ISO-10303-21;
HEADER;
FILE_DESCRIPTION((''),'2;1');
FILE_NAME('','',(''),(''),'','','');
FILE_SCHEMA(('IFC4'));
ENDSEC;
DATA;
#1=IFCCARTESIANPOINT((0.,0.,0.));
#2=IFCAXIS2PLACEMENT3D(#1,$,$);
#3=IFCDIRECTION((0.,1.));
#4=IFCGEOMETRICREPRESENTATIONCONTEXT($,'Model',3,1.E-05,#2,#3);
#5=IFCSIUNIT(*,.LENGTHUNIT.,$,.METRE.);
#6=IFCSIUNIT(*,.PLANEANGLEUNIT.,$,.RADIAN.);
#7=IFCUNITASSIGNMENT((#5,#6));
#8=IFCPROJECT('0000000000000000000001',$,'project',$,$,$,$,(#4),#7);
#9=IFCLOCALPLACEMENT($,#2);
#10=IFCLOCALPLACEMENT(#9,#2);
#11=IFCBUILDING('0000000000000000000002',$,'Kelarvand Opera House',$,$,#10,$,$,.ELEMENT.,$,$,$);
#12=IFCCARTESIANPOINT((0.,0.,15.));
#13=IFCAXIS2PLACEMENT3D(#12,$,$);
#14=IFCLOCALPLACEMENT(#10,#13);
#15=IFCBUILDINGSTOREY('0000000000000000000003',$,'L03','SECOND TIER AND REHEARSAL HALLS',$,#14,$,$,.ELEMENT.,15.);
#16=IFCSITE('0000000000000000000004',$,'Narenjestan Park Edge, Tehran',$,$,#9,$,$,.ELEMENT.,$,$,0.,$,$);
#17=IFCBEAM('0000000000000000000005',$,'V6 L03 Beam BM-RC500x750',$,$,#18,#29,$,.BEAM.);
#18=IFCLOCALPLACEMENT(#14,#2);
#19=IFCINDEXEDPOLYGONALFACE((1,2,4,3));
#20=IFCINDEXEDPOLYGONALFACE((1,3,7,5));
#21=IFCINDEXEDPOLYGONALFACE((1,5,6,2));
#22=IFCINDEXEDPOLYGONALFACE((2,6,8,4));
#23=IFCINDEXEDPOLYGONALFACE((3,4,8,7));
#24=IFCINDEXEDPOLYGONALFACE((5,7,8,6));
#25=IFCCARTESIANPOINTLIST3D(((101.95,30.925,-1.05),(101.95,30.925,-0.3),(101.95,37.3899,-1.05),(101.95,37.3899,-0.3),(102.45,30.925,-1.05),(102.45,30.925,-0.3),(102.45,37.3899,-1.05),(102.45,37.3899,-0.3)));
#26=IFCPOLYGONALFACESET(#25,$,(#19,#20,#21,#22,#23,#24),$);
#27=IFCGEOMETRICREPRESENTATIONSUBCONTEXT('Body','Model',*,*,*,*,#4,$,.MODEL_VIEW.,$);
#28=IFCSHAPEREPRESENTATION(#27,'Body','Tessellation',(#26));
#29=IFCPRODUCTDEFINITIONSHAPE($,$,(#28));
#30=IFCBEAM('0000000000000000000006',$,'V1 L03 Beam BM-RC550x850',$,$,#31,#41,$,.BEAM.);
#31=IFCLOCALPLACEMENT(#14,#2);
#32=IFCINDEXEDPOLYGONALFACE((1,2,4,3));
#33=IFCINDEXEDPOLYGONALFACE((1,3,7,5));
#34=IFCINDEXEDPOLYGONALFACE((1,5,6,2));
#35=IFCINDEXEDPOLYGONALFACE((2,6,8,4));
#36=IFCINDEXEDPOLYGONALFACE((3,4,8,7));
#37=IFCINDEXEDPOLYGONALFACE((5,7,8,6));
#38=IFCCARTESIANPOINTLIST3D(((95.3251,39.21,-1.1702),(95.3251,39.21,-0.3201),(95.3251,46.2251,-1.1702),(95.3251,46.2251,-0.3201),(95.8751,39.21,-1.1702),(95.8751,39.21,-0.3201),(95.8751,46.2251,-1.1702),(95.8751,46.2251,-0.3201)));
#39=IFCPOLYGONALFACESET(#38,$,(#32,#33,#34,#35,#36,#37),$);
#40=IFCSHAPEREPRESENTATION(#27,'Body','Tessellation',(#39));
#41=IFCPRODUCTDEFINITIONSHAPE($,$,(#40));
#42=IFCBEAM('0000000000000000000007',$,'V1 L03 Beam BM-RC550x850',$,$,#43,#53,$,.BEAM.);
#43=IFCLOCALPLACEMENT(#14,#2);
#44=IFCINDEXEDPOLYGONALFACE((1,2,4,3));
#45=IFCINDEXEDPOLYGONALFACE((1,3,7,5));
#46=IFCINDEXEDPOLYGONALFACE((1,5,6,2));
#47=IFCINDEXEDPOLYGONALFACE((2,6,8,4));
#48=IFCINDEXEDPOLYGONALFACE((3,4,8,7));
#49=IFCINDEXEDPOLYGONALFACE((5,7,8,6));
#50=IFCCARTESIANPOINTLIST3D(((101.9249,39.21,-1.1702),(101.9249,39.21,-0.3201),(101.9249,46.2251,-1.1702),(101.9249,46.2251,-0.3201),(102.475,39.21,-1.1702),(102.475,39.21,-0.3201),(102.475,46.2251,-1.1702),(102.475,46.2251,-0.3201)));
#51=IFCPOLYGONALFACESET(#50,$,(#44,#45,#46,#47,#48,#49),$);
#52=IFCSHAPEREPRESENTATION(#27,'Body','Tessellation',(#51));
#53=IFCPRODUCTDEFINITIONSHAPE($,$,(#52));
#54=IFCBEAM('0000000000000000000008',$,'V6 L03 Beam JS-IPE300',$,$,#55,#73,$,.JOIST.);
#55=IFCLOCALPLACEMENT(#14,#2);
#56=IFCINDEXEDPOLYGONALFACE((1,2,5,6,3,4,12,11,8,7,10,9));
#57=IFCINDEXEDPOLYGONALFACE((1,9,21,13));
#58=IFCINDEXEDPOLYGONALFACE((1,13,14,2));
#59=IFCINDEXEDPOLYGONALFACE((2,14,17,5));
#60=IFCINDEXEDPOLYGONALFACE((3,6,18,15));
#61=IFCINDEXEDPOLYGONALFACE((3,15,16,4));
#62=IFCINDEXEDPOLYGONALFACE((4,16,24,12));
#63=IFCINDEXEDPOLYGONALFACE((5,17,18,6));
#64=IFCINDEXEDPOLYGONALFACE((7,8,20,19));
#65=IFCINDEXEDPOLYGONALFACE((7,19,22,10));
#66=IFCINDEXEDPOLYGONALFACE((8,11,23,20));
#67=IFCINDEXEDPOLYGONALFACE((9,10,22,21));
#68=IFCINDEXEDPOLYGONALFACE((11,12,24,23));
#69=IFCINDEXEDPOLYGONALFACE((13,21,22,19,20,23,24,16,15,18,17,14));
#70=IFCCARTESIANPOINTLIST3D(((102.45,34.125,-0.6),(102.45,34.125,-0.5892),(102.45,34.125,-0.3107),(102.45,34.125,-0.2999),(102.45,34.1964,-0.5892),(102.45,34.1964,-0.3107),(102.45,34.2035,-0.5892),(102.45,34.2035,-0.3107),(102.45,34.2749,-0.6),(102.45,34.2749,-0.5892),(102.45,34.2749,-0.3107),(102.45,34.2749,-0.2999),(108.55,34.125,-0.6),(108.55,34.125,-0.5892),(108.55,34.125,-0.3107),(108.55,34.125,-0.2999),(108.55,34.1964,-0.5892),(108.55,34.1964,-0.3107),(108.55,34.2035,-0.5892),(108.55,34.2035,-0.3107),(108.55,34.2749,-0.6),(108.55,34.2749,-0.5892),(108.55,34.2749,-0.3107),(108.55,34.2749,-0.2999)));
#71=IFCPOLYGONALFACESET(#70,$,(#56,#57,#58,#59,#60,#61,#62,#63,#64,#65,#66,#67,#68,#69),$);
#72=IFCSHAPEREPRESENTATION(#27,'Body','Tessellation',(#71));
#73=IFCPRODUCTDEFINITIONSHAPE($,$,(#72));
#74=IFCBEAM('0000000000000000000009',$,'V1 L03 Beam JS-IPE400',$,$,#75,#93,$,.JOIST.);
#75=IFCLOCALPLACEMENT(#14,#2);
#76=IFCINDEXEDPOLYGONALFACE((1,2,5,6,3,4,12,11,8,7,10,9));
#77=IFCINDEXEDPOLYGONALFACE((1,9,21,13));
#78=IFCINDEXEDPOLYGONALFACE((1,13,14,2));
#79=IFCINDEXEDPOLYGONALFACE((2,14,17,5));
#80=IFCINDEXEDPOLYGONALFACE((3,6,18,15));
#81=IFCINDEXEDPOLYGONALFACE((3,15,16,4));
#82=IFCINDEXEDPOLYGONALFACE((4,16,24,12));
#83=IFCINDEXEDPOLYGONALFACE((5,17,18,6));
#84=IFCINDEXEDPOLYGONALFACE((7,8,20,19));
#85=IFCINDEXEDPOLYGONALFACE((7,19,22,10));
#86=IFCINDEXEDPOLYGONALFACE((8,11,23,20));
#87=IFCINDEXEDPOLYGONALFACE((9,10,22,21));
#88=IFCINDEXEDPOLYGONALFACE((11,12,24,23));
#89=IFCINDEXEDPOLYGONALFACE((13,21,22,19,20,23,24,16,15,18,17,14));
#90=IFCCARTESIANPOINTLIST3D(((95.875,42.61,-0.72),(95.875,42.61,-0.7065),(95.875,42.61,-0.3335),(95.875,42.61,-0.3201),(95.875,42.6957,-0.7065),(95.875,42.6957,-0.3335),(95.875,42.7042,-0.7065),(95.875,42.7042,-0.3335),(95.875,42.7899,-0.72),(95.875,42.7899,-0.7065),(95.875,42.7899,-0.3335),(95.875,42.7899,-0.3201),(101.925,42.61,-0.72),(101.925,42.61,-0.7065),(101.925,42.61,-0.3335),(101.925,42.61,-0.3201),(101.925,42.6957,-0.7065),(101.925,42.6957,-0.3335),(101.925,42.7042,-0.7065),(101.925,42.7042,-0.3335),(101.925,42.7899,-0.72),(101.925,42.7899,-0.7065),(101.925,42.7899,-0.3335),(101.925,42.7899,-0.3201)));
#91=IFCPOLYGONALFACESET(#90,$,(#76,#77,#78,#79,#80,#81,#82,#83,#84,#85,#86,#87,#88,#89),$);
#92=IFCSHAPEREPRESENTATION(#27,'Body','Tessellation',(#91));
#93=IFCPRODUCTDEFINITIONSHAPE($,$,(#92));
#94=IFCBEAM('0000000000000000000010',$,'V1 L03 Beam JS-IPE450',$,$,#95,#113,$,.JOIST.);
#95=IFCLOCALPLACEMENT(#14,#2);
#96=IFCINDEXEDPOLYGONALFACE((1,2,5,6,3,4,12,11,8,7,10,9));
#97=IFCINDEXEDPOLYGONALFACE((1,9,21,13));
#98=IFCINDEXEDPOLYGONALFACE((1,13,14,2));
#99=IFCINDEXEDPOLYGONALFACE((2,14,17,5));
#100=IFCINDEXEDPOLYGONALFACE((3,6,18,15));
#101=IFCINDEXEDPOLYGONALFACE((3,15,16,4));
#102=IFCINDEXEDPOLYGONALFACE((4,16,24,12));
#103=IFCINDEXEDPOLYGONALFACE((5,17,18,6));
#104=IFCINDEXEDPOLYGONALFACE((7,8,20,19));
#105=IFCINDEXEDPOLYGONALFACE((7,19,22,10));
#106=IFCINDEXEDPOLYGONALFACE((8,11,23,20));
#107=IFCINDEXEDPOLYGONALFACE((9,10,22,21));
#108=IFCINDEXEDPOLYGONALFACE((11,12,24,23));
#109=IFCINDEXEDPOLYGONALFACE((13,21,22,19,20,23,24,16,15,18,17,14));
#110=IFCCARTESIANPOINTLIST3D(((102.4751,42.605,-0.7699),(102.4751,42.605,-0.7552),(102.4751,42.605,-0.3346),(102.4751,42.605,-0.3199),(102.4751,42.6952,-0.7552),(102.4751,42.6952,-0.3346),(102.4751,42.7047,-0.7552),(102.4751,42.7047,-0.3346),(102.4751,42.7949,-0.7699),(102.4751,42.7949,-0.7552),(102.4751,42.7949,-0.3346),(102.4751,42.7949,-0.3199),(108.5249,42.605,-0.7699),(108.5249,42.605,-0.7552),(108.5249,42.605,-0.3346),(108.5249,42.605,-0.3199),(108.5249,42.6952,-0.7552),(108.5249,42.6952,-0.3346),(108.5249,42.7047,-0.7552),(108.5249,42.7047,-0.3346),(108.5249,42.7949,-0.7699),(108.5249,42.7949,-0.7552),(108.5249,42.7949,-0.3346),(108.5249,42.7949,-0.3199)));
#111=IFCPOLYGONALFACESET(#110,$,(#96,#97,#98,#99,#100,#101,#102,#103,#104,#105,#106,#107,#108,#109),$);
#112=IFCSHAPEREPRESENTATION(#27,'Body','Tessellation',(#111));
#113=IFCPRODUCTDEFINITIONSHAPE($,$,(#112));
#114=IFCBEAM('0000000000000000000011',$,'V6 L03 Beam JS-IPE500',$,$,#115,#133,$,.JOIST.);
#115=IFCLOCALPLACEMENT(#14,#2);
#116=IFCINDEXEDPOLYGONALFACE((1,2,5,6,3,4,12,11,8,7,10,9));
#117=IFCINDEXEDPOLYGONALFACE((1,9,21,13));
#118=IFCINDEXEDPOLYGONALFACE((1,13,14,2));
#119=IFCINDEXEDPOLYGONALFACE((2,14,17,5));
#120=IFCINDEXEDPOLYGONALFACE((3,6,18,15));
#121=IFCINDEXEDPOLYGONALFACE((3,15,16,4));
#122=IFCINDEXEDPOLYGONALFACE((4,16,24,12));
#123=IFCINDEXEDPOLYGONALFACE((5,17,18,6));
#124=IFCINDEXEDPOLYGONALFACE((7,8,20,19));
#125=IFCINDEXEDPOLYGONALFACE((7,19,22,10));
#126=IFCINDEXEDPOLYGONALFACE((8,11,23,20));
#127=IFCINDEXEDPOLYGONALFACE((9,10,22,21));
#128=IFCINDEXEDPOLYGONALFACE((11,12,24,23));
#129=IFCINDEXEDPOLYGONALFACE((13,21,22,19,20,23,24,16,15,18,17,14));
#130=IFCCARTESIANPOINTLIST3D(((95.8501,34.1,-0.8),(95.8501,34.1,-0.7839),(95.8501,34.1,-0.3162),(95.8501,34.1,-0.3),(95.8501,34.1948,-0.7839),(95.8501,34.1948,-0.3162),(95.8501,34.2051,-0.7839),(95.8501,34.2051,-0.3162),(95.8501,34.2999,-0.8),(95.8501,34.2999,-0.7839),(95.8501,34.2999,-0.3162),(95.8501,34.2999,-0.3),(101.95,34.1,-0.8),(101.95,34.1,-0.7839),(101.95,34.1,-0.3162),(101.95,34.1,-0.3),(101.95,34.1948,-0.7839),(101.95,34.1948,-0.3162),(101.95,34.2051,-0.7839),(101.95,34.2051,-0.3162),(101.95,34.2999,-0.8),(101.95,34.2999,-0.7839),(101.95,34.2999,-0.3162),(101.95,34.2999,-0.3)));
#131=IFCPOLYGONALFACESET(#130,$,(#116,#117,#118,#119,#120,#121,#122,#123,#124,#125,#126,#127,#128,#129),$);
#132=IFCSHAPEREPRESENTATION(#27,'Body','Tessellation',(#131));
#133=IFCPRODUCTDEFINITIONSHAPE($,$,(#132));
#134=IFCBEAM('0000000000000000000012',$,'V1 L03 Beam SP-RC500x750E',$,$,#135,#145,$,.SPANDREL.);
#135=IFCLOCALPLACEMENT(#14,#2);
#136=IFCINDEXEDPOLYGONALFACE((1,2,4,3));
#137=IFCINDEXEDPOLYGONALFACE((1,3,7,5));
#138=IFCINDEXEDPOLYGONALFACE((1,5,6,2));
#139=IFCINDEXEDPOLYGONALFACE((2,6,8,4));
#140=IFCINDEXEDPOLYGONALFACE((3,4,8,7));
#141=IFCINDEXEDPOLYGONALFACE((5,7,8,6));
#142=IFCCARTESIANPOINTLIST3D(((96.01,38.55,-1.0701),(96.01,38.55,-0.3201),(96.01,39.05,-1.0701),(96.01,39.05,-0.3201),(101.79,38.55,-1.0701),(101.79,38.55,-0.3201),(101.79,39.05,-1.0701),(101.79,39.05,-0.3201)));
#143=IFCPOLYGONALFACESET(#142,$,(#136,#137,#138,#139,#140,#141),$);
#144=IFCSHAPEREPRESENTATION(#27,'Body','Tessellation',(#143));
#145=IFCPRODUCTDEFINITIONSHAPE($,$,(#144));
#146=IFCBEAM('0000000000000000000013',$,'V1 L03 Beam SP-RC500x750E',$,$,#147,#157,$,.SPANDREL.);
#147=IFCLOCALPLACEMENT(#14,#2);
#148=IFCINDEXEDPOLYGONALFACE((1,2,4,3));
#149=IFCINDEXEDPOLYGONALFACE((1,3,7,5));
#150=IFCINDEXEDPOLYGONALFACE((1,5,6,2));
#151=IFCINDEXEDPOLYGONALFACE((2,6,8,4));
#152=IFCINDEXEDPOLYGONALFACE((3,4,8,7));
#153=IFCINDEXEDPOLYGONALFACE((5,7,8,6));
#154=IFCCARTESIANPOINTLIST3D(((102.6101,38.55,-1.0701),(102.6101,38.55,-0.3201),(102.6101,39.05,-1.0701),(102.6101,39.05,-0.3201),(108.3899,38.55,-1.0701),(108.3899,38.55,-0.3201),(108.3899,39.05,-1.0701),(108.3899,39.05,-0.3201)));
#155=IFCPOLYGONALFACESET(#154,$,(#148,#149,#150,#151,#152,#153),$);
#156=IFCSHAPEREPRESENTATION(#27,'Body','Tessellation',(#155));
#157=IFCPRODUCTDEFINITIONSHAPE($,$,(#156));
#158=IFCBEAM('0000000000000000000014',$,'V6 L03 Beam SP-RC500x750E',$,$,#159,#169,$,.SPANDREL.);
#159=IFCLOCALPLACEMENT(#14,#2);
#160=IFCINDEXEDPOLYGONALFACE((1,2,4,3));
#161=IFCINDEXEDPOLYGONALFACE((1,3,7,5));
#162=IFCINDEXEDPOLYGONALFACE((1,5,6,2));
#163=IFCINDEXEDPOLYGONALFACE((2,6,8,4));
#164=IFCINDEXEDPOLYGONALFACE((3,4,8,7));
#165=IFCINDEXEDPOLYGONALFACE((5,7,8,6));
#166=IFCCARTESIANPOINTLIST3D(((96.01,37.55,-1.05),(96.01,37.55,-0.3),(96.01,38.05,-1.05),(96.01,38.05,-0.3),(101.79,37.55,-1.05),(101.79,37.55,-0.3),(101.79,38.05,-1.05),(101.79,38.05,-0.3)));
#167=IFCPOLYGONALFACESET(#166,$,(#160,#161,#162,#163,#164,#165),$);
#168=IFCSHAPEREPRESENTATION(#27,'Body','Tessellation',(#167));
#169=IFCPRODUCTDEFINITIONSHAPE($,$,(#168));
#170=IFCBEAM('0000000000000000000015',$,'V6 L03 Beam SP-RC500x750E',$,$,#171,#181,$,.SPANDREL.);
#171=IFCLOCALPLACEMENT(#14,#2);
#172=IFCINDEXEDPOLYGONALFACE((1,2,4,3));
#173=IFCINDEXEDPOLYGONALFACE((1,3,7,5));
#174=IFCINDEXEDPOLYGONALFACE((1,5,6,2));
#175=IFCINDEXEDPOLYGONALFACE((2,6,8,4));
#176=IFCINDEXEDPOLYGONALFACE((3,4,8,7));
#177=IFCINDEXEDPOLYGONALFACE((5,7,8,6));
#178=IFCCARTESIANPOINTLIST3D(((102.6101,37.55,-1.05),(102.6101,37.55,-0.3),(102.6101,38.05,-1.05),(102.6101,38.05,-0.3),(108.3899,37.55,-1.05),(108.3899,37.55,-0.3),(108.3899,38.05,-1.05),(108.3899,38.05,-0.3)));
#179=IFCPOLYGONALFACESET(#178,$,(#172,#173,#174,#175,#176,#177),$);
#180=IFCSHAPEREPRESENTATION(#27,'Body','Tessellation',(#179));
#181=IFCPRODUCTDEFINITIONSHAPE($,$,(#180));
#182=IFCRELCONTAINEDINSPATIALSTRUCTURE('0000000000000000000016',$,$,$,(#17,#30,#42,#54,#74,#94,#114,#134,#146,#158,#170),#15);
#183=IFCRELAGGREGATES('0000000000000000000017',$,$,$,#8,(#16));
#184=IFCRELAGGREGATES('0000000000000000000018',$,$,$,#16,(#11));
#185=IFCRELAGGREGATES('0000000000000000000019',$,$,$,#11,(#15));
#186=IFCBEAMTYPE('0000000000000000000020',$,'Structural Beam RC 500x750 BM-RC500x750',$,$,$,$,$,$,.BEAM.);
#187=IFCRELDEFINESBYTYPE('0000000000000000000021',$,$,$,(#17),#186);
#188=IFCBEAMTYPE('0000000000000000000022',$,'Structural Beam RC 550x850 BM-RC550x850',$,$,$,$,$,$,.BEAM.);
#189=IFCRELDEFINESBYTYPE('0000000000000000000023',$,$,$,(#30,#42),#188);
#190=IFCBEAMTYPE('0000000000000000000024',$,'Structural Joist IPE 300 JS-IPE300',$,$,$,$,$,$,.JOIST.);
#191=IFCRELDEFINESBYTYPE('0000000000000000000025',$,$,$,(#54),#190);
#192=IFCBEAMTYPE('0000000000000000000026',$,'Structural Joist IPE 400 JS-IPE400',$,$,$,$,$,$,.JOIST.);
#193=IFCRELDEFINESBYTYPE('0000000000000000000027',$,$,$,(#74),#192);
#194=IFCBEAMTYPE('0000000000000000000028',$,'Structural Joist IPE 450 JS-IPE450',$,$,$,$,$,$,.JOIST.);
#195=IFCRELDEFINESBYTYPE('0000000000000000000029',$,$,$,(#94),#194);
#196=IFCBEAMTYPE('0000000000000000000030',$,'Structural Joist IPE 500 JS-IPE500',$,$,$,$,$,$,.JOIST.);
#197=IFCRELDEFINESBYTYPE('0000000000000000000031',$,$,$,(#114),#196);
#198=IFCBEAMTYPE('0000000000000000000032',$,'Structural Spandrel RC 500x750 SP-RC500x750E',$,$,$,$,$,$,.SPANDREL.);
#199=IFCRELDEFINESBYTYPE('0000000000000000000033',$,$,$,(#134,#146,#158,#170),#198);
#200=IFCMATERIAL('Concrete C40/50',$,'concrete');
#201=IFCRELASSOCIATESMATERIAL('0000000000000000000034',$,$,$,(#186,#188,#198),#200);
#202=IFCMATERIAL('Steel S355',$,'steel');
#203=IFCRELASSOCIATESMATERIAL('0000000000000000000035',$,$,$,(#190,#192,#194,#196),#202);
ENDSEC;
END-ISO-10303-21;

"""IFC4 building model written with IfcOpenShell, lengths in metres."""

from ifc_helpers import new_model, si_unit, direction, frame, origin, origin_2d, place, context, subcontext, project, spatial, rectangle, i_section, extrude, material, material_profile, profile_set, type_object, element, save


model = new_model("IFC4")

# Units and contexts
model_context = context("Model", 3, precision=1e-05, world=origin(), true_north=direction((0.0, 1.0)))
body_context = subcontext(model_context, "Body", "Model", "MODEL_VIEW")
ifc_project = project(units=[si_unit("LENGTHUNIT", "METRE"), si_unit("PLANEANGLEUNIT", "RADIAN")], contexts=[model_context])

# Site, building, storey
site_placement = place(None, origin())
site = spatial("IfcSite", under=ifc_project, at=site_placement, Name="Narenjestan Park Edge, Tehran", CompositionType="ELEMENT", RefElevation=0.0)
building_placement = place(site_placement, origin())
building = spatial("IfcBuilding", under=site, at=building_placement, Name="Kelarvand Opera House", CompositionType="ELEMENT")
storey_placement = place(building_placement, frame((0.0, 0.0, 15.0)))
storey = spatial("IfcBuildingStorey", under=building, at=storey_placement, Name="L03", Description="SECOND TIER AND REHEARSAL HALLS", CompositionType="ELEMENT", Elevation=15.0)

# Shared definitions
ifc_material_1 = material(Name="Concrete C40/50", Category="concrete")

# Beams
ifc_material_profile_1 = material_profile(ifc_material_1, rectangle(XDim=0.5, YDim=0.75, at=origin_2d()), Name="RC 500x750", Category="concrete")
ifc_profile_set_1 = profile_set([ifc_material_profile_1], Name="Concrete C40/50")
beam_type_1 = type_object("IfcBeamType", Name="Structural Beam RC 500x750 BM-RC500x750", PredefinedType="BEAM", material=ifc_profile_set_1)
for number, where, z_axis, x_axis, name in (
    (1, (102.2, 30.925, -0.675), (0.0, 1.0, 0.0), (-1.0, 0.0, 0.0), "V6 L03 Beam BM-RC500x750"),
):
    element("IfcBeam", number, at=place(storey_placement, frame(where, z_axis=z_axis, x_axis=x_axis)), inside=storey, type_object=beam_type_1, Name=name, PredefinedType="BEAM", context=body_context, shape_type="SweptSolid", body=[
        extrude(rectangle(XDim=0.5, YDim=0.75, at=origin_2d()), origin(), (0.0, 0.0, 1.0), 6.4648),
    ])
ifc_material_profile_2 = material_profile(ifc_material_1, rectangle(XDim=0.55, YDim=0.8501, at=origin_2d()), Name="RC 550x850", Category="concrete")
ifc_profile_set_2 = profile_set([ifc_material_profile_2], Name="Concrete C40/50")
beam_type_2 = type_object("IfcBeamType", Name="Structural Beam RC 550x850 BM-RC550x850", PredefinedType="BEAM", material=ifc_profile_set_2)
for number, where, z_axis, x_axis, name in (
    (2, (95.6001, 39.21, -0.7451), (0.0, 1.0, 0.0), (-1.0, 0.0, 0.0), "V1 L03 Beam BM-RC550x850"),
    (3, (102.2, 39.21, -0.7451), (0.0, 1.0, 0.0), (-1.0, 0.0, 0.0), "V1 L03 Beam BM-RC550x850"),
):
    element("IfcBeam", number, at=place(storey_placement, frame(where, z_axis=z_axis, x_axis=x_axis)), inside=storey, type_object=beam_type_2, Name=name, PredefinedType="BEAM", context=body_context, shape_type="SweptSolid", body=[
        extrude(rectangle(XDim=0.55, YDim=0.8501, at=origin_2d()), origin(), (0.0, 0.0, 1.0), 7.0151),
    ])
ifc_material_2 = material(Name="Steel S355", Category="steel")
ifc_material_profile_3 = material_profile(ifc_material_2, i_section(OverallWidth=0.1499, OverallDepth=0.3, WebThickness=0.0071, FlangeThickness=0.0107, at=origin_2d()), Name="IPE 300", Category="steel")
ifc_profile_set_3 = profile_set([ifc_material_profile_3], Name="Steel S355")
beam_type_3 = type_object("IfcBeamType", Name="Structural Joist IPE 300 JS-IPE300", PredefinedType="JOIST", material=ifc_profile_set_3)
beam_1_placement = place(storey_placement, frame((102.45, 34.2, -0.45), z_axis=(1.0, 0.0, 0.0), x_axis=(0.0, 1.0, 0.0)))
element("IfcBeam", 4, at=beam_1_placement, inside=storey, type_object=beam_type_3, Name="V6 L03 Beam JS-IPE300", PredefinedType="JOIST", context=body_context, shape_type="SweptSolid", body=[
    extrude(i_section(OverallWidth=0.1499, OverallDepth=0.3, WebThickness=0.0071, FlangeThickness=0.0107, at=origin_2d()), origin(), (0.0, 0.0, 1.0), 6.1001),
])
ifc_material_profile_4 = material_profile(ifc_material_2, i_section(OverallWidth=0.1799, OverallDepth=0.3999, WebThickness=0.0085, FlangeThickness=0.0134, at=origin_2d()), Name="IPE 400", Category="steel")
ifc_profile_set_4 = profile_set([ifc_material_profile_4], Name="Steel S355")
beam_type_4 = type_object("IfcBeamType", Name="Structural Joist IPE 400 JS-IPE400", PredefinedType="JOIST", material=ifc_profile_set_4)
beam_2_placement = place(storey_placement, frame((95.875, 42.7, -0.52), z_axis=(1.0, 0.0, 0.0), x_axis=(0.0, 1.0, 0.0)))
element("IfcBeam", 5, at=beam_2_placement, inside=storey, type_object=beam_type_4, Name="V1 L03 Beam JS-IPE400", PredefinedType="JOIST", context=body_context, shape_type="SweptSolid", body=[
    extrude(i_section(OverallWidth=0.1799, OverallDepth=0.3999, WebThickness=0.0085, FlangeThickness=0.0134, at=origin_2d()), origin(), (0.0, 0.0, 1.0), 6.05),
])
ifc_material_profile_5 = material_profile(ifc_material_2, i_section(OverallWidth=0.1899, OverallDepth=0.45, WebThickness=0.0095, FlangeThickness=0.0146, at=origin_2d()), Name="IPE 450", Category="steel")
ifc_profile_set_5 = profile_set([ifc_material_profile_5], Name="Steel S355")
beam_type_5 = type_object("IfcBeamType", Name="Structural Joist IPE 450 JS-IPE450", PredefinedType="JOIST", material=ifc_profile_set_5)
beam_3_placement = place(storey_placement, frame((102.4751, 42.7, -0.5449), z_axis=(1.0, 0.0, 0.0), x_axis=(0.0, 1.0, 0.0)))
element("IfcBeam", 6, at=beam_3_placement, inside=storey, type_object=beam_type_5, Name="V1 L03 Beam JS-IPE450", PredefinedType="JOIST", context=body_context, shape_type="SweptSolid", body=[
    extrude(i_section(OverallWidth=0.1899, OverallDepth=0.45, WebThickness=0.0095, FlangeThickness=0.0146, at=origin_2d()), origin(), (0.0, 0.0, 1.0), 6.0498),
])
ifc_material_profile_6 = material_profile(ifc_material_2, i_section(OverallWidth=0.2, OverallDepth=0.5, WebThickness=0.0103, FlangeThickness=0.0161, at=origin_2d()), Name="IPE 500", Category="steel")
ifc_profile_set_6 = profile_set([ifc_material_profile_6], Name="Steel S355")
beam_type_6 = type_object("IfcBeamType", Name="Structural Joist IPE 500 JS-IPE500", PredefinedType="JOIST", material=ifc_profile_set_6)
beam_4_placement = place(storey_placement, frame((95.8501, 34.2, -0.55), z_axis=(1.0, 0.0, 0.0), x_axis=(0.0, 1.0, 0.0)))
element("IfcBeam", 7, at=beam_4_placement, inside=storey, type_object=beam_type_6, Name="V6 L03 Beam JS-IPE500", PredefinedType="JOIST", context=body_context, shape_type="SweptSolid", body=[
    extrude(i_section(OverallWidth=0.2, OverallDepth=0.5, WebThickness=0.0103, FlangeThickness=0.0161, at=origin_2d()), origin(), (0.0, 0.0, 1.0), 6.0999),
])
ifc_material_profile_7 = material_profile(ifc_material_1, rectangle(XDim=0.5, YDim=0.75, at=origin_2d()), Name="RC 500x750", Category="concrete")
ifc_profile_set_7 = profile_set([ifc_material_profile_7], Name="Concrete C40/50")
beam_type_7 = type_object("IfcBeamType", Name="Structural Spandrel RC 500x750 SP-RC500x750E", PredefinedType="SPANDREL", material=ifc_profile_set_7)
beam_5_placement = place(storey_placement, frame((96.01, 38.8, -0.6951), z_axis=(1.0, 0.0, 0.0), x_axis=(0.0, 1.0, 0.0)))
element("IfcBeam", 8, at=beam_5_placement, inside=storey, type_object=beam_type_7, Name="V1 L03 Beam SP-RC500x750E", PredefinedType="SPANDREL", context=body_context, shape_type="SweptSolid", body=[
    extrude(rectangle(XDim=0.5, YDim=0.75, at=origin_2d()), origin(), (0.0, 0.0, 1.0), 5.78),
])
beam_6_placement = place(storey_placement, frame((102.6101, 38.8, -0.6951), z_axis=(1.0, 0.0, 0.0), x_axis=(0.0, 1.0, 0.0)))
element("IfcBeam", 9, at=beam_6_placement, inside=storey, type_object=beam_type_7, Name="V1 L03 Beam SP-RC500x750E", PredefinedType="SPANDREL", context=body_context, shape_type="SweptSolid", body=[
    extrude(rectangle(XDim=0.5, YDim=0.75, at=origin_2d()), origin(), (0.0, 0.0, 1.0), 5.7798),
])
beam_7_placement = place(storey_placement, frame((96.01, 37.8, -0.675), z_axis=(1.0, 0.0, 0.0), x_axis=(0.0, 1.0, 0.0)))
element("IfcBeam", 10, at=beam_7_placement, inside=storey, type_object=beam_type_7, Name="V6 L03 Beam SP-RC500x750E", PredefinedType="SPANDREL", context=body_context, shape_type="SweptSolid", body=[
    extrude(rectangle(XDim=0.5, YDim=0.75, at=origin_2d()), origin(), (0.0, 0.0, 1.0), 5.78),
])
beam_8_placement = place(storey_placement, frame((102.6101, 37.8, -0.675), z_axis=(1.0, 0.0, 0.0), x_axis=(0.0, 1.0, 0.0)))
element("IfcBeam", 11, at=beam_8_placement, inside=storey, type_object=beam_type_7, Name="V6 L03 Beam SP-RC500x750E", PredefinedType="SPANDREL", context=body_context, shape_type="SweptSolid", body=[
    extrude(rectangle(XDim=0.5, YDim=0.75, at=origin_2d()), origin(), (0.0, 0.0, 1.0), 5.7798),
])

save(model, "model.ifc")
